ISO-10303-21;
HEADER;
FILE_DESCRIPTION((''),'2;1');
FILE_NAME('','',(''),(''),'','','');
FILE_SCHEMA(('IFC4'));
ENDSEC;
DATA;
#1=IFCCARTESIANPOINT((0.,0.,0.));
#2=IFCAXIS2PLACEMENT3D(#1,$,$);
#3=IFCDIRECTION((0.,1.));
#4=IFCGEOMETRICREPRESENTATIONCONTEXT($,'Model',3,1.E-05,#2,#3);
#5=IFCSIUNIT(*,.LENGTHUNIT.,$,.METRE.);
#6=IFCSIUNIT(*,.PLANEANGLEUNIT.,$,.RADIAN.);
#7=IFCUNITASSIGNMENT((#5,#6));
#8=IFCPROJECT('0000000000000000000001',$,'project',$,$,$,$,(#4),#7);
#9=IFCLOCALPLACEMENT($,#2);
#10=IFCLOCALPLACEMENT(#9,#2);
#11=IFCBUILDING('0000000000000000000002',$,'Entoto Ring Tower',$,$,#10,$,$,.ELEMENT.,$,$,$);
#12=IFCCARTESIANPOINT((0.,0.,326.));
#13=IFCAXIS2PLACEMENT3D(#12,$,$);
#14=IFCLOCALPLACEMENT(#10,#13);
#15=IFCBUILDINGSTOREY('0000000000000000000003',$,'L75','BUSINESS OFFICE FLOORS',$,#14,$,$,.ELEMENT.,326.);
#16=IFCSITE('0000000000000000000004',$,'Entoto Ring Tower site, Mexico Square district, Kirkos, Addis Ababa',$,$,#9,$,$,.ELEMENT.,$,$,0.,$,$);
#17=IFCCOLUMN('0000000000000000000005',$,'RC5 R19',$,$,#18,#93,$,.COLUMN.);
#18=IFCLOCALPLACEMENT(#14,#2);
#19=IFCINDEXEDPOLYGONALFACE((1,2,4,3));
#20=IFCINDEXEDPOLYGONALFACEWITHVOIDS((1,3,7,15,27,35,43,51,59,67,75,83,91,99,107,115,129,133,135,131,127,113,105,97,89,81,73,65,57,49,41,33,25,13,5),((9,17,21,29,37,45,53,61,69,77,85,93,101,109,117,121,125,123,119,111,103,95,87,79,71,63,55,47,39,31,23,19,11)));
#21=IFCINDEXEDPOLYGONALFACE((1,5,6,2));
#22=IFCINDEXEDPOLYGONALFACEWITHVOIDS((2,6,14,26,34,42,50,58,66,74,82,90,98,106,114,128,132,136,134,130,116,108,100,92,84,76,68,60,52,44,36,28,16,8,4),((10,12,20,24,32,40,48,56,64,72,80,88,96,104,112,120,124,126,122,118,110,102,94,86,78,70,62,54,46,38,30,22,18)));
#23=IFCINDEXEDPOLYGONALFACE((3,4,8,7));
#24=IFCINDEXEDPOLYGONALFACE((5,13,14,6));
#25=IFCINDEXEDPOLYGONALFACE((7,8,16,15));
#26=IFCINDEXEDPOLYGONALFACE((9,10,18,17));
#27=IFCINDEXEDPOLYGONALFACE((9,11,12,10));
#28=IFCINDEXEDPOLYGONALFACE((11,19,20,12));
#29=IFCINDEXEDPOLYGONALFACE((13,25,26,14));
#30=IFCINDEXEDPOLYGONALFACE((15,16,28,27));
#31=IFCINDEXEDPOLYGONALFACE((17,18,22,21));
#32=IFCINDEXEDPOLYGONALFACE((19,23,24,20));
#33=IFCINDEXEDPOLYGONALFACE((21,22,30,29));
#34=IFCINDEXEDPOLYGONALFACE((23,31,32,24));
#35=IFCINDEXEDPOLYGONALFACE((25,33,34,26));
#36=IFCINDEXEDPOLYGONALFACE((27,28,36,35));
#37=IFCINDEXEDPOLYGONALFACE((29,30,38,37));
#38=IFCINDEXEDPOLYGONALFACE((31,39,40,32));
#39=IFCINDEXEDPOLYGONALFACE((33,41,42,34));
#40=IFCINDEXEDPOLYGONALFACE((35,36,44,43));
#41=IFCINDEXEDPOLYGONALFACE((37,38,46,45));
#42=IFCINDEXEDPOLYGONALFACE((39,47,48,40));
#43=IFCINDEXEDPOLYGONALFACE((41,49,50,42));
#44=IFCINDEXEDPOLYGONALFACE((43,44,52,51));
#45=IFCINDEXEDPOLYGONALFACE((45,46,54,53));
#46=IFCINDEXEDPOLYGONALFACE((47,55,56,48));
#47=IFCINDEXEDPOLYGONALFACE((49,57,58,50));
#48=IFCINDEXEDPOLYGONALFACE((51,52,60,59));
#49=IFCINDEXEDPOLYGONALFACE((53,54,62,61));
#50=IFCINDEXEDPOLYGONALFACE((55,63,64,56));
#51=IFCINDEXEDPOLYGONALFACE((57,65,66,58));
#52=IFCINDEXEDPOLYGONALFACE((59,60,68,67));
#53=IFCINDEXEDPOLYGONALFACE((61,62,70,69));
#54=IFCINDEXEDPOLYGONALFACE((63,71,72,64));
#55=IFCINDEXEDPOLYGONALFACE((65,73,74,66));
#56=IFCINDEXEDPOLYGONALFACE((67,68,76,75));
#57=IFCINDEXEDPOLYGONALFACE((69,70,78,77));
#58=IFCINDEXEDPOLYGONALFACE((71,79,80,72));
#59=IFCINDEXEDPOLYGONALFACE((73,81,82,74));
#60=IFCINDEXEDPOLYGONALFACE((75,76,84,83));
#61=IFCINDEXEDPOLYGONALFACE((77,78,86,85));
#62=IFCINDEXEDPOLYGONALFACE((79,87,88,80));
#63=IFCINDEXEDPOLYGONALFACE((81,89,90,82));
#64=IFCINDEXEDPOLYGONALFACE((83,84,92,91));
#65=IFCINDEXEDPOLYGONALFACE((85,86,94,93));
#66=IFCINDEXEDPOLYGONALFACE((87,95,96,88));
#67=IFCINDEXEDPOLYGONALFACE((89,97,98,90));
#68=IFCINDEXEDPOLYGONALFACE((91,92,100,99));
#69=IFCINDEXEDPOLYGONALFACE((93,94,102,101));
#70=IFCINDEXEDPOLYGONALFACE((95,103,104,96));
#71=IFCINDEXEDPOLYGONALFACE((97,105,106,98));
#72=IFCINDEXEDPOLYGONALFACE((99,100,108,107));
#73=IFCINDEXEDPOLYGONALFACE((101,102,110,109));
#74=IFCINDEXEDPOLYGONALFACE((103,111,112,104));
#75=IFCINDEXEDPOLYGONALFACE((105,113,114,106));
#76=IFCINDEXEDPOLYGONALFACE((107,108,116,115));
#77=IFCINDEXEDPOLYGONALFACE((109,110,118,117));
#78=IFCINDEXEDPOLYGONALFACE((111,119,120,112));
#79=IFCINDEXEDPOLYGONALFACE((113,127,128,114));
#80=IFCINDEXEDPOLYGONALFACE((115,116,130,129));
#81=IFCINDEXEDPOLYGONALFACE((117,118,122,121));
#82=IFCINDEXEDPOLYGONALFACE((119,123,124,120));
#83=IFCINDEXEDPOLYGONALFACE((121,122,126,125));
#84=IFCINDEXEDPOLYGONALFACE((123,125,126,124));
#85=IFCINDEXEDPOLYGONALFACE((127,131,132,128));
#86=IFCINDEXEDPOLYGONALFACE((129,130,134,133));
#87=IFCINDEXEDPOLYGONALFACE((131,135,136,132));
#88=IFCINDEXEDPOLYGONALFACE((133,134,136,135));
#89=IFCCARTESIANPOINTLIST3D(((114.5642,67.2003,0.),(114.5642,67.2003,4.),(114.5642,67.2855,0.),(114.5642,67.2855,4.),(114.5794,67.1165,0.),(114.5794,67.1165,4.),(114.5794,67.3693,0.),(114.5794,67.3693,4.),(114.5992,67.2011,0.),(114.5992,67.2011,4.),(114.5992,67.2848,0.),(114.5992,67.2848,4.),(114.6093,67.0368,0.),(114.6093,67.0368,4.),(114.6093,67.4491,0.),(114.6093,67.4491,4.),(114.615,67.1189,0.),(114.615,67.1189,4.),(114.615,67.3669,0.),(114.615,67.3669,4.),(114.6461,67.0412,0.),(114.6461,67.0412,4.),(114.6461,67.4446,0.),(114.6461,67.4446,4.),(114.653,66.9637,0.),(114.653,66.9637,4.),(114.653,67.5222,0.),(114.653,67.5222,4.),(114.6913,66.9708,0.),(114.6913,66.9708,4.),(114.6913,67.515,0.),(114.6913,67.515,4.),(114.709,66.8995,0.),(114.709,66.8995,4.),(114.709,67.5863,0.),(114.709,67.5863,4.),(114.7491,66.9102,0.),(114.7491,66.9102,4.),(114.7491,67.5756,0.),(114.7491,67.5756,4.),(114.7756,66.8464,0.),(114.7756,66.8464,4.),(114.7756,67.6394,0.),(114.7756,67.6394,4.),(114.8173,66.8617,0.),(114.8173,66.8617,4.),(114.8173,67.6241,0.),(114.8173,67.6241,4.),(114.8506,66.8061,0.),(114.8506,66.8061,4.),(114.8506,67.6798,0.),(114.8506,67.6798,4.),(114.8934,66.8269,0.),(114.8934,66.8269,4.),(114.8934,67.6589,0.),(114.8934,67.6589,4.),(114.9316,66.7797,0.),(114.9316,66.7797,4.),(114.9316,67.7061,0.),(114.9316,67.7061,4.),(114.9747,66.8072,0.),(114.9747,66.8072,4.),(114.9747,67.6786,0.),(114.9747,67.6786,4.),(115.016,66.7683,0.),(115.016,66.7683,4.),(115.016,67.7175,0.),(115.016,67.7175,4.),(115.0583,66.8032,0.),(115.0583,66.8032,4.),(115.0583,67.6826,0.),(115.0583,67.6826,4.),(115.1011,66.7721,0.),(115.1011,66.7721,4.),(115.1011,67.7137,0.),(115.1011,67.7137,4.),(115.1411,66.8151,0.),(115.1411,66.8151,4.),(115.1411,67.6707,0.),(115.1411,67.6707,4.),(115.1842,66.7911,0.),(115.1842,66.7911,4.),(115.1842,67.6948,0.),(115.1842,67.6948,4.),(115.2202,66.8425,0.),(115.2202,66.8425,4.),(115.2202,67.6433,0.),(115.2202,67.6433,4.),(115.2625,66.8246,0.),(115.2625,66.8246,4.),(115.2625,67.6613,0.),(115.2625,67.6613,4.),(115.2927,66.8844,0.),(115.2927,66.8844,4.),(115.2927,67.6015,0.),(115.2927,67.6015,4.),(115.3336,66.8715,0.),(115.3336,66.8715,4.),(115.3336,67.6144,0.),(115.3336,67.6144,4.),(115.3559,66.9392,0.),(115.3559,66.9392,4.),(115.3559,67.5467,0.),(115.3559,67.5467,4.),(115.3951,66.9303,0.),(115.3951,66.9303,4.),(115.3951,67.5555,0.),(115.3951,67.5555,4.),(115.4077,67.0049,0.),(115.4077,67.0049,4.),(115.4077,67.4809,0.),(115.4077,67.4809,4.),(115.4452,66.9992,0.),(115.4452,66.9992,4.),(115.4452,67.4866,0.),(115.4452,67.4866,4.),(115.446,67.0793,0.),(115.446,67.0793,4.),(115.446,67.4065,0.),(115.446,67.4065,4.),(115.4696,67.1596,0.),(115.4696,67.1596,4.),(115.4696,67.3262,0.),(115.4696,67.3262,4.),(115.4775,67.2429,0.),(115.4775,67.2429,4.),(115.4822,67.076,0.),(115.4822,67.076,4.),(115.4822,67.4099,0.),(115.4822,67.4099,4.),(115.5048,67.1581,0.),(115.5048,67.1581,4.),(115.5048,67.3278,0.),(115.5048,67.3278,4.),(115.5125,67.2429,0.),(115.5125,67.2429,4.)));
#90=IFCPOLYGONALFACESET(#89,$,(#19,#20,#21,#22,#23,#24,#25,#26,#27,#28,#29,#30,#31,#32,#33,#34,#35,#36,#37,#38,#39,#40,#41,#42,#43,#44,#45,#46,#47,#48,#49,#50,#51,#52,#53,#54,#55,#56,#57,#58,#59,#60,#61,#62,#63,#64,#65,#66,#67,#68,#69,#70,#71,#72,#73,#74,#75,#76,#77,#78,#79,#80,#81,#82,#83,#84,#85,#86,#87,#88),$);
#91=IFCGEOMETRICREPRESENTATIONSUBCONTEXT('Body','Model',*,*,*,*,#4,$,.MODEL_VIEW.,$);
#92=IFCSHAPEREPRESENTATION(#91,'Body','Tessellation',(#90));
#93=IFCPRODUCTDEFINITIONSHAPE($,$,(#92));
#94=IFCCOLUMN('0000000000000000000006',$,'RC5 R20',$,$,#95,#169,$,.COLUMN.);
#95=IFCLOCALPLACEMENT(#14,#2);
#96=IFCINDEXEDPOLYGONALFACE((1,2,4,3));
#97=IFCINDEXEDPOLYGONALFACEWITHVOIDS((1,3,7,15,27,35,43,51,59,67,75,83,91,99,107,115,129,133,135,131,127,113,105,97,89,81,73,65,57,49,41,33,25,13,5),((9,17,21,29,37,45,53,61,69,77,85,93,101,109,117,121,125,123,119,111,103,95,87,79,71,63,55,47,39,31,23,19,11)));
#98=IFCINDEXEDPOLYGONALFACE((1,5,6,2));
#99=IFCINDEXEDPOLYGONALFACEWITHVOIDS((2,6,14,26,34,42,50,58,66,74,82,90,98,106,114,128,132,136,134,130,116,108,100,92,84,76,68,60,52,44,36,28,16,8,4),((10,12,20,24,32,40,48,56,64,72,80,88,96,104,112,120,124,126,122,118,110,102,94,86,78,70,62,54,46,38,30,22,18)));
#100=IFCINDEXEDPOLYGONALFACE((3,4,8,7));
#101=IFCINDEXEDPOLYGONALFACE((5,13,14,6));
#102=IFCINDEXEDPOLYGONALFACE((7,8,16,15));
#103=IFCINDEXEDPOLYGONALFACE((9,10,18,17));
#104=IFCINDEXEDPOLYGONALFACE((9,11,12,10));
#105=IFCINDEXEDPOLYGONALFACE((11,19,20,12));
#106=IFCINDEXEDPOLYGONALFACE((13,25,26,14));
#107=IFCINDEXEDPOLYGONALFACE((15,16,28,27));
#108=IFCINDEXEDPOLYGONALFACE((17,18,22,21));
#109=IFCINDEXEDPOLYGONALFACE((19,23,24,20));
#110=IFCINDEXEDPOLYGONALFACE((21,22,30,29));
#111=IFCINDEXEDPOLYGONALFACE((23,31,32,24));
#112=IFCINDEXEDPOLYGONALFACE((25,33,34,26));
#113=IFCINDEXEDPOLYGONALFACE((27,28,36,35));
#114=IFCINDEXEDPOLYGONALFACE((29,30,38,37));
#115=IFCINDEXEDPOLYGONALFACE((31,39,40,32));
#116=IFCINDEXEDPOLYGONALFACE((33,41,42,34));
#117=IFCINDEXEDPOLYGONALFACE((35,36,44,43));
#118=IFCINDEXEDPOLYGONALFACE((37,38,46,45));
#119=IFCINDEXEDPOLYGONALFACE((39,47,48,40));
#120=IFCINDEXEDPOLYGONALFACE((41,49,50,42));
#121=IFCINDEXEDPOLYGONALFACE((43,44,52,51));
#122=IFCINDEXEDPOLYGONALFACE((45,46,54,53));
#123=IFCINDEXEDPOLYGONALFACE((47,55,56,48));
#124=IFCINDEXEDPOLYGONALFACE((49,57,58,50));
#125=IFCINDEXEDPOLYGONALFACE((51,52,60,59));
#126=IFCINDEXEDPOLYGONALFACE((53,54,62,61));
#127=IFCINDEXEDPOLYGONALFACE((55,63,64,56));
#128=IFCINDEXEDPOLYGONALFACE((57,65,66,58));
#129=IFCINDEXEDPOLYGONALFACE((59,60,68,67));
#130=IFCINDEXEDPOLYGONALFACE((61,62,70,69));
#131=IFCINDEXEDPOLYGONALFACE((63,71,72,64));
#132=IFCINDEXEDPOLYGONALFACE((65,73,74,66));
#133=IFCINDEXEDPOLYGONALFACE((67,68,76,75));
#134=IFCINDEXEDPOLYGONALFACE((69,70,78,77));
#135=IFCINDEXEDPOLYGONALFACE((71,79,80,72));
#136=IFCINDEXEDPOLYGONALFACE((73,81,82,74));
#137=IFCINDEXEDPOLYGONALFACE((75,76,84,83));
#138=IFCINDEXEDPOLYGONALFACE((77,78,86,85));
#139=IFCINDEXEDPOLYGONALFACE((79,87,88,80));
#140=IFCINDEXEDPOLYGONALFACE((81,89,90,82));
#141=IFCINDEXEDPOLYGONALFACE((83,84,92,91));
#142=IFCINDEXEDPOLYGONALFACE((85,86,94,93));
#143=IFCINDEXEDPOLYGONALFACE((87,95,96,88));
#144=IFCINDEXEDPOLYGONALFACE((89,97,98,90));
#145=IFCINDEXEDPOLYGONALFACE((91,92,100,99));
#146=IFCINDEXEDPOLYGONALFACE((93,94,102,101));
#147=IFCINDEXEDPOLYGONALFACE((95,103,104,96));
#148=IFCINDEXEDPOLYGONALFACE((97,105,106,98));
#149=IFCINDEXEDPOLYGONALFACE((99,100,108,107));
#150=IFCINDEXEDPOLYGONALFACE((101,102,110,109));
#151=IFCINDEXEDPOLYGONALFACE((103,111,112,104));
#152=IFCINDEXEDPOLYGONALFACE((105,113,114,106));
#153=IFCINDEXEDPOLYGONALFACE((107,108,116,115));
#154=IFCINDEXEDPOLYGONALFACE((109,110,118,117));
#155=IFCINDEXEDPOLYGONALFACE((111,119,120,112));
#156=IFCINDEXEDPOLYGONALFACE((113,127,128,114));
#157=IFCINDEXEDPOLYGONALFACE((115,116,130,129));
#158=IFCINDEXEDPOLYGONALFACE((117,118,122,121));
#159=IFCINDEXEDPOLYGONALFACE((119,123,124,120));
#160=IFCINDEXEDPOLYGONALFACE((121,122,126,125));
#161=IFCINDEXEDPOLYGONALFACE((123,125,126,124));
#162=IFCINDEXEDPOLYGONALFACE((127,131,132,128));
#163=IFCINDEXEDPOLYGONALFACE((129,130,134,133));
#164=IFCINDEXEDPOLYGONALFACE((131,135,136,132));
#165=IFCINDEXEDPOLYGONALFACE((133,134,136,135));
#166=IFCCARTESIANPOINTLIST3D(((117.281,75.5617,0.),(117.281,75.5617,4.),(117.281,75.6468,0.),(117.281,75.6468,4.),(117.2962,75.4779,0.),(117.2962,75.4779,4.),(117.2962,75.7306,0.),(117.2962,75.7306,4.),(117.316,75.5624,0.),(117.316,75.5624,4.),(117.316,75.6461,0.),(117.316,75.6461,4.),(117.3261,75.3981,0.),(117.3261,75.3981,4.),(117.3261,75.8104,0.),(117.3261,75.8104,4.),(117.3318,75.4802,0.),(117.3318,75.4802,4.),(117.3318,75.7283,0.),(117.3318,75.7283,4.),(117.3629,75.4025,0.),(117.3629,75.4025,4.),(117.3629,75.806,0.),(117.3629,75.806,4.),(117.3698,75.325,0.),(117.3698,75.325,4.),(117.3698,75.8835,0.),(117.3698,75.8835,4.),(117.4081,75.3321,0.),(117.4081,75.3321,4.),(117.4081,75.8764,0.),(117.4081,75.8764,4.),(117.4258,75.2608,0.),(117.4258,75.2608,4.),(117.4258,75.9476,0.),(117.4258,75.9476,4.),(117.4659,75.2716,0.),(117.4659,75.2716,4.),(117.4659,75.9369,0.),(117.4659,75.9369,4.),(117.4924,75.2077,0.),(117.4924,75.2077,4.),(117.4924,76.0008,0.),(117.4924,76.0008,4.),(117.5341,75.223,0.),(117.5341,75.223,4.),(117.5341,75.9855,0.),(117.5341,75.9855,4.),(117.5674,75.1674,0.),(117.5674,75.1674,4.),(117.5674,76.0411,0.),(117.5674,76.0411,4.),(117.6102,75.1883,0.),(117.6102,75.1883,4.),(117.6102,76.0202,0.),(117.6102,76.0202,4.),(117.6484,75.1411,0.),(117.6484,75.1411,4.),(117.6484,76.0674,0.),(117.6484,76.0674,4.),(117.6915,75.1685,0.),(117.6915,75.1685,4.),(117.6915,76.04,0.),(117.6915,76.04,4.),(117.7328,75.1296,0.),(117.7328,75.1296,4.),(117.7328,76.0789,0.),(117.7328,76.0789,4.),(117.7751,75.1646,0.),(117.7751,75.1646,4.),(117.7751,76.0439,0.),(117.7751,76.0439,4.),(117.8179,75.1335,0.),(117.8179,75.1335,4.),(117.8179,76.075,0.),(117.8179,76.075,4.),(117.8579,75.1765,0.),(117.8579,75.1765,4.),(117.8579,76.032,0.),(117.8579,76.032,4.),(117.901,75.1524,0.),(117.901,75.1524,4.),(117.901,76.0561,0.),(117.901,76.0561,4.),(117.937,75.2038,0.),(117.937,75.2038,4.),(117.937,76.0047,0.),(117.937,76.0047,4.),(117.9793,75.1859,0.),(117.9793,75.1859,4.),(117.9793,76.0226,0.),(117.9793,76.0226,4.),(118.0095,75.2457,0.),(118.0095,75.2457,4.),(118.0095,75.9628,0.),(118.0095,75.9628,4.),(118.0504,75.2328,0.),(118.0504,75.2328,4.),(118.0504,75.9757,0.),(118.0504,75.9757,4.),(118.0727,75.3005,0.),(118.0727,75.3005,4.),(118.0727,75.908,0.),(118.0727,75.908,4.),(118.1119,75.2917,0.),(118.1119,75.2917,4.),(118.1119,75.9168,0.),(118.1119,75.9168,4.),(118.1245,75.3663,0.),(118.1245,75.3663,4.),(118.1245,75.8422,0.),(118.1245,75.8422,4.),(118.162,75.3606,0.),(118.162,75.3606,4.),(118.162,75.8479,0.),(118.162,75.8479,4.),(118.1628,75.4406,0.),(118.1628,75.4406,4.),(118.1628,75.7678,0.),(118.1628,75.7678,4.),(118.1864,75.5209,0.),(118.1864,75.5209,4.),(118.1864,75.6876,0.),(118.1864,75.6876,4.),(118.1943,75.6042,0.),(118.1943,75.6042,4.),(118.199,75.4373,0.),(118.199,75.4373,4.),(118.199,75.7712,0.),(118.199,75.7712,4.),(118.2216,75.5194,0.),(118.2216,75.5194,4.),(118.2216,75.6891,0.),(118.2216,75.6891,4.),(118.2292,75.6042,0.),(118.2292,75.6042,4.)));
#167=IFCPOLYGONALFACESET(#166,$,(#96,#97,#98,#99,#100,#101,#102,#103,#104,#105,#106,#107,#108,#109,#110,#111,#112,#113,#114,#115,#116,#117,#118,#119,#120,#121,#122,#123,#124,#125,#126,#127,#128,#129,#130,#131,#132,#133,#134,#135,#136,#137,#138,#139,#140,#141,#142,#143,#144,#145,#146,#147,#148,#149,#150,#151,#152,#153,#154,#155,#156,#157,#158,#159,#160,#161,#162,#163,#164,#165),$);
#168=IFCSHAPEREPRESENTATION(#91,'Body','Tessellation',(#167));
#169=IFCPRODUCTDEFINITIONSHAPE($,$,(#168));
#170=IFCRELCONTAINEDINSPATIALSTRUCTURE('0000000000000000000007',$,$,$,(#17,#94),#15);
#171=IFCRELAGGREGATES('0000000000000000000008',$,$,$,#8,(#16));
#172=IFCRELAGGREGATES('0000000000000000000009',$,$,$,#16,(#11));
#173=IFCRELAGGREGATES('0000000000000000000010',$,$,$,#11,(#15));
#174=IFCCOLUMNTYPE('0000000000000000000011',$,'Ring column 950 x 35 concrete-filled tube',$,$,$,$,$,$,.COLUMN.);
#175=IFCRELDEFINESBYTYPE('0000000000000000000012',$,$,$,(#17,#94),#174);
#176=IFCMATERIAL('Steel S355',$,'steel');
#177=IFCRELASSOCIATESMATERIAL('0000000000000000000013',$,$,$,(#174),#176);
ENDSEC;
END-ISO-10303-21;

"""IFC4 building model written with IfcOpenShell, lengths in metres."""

from ifc_helpers import new_model, si_unit, direction, frame, origin, origin_2d, place, context, subcontext, project, spatial, circle, hollow_circle, extrude, material, material_profile, profile_set, type_object, element, save


model = new_model("IFC4")

# Units and contexts
model_context = context("Model", 3, precision=1e-05, world=origin(), true_north=direction((0.0, 1.0)))
body_context = subcontext(model_context, "Body", "Model", "MODEL_VIEW")
ifc_project = project(units=[si_unit("LENGTHUNIT", "METRE"), si_unit("PLANEANGLEUNIT", "RADIAN")], contexts=[model_context])

# Site, building, storey
site_placement = place(None, origin())
site = spatial("IfcSite", under=ifc_project, at=site_placement, Name="Entoto Ring Tower site, Mexico Square district, Kirkos, Addis Ababa", CompositionType="ELEMENT", RefElevation=0.0)
building_placement = place(site_placement, origin())
building = spatial("IfcBuilding", under=site, at=building_placement, Name="Entoto Ring Tower", CompositionType="ELEMENT")
storey_placement = place(building_placement, frame((0.0, 0.0, 326.0)))
storey = spatial("IfcBuildingStorey", under=building, at=storey_placement, Name="L75", Description="BUSINESS OFFICE FLOORS", CompositionType="ELEMENT", Elevation=326.0)

# Columns
ifc_material_1 = material(Name="Steel S355", Category="steel")
ifc_material_profile_1 = material_profile(ifc_material_1, hollow_circle(Radius=0.4751, WallThickness=0.0349, at=origin_2d()), Name="CHS 950 x 35")
ifc_material_2 = material(Name="Concrete C60/75", Category="concrete")
ifc_material_profile_2 = material_profile(ifc_material_2, circle(Radius=0.4399, at=origin_2d()), Name="Concrete C60/75 infill")
ifc_profile_set_1 = profile_set([ifc_material_profile_1, ifc_material_profile_2], Name="Steel S355")
column_type = type_object("IfcColumnType", Name="Ring column 950 x 35 concrete-filled tube", PredefinedType="COLUMN", material=ifc_profile_set_1)
for number, where, z_axis, x_axis, name in (
    (1, (115.0374, 67.2429, 0.0), (0.0, 0.0, 1.0), (1.0, 0.0, 0.0), "RC5 R19"),
    (2, (117.7542, 75.6042, 0.0), (0.0, 0.0, 1.0), (1.0, 0.0, 0.0), "RC5 R20"),
):
    element("IfcColumn", number, at=place(storey_placement, frame(where, z_axis=z_axis, x_axis=x_axis)), inside=storey, type_object=column_type, Name=name, PredefinedType="COLUMN", context=body_context, shape_type="SweptSolid", body=[
        extrude(hollow_circle(Radius=0.4751, WallThickness=0.0349, at=origin_2d()), origin(), (0.0, 0.0, 1.0), 4.0),
    ])

save(model, "model.ifc")
